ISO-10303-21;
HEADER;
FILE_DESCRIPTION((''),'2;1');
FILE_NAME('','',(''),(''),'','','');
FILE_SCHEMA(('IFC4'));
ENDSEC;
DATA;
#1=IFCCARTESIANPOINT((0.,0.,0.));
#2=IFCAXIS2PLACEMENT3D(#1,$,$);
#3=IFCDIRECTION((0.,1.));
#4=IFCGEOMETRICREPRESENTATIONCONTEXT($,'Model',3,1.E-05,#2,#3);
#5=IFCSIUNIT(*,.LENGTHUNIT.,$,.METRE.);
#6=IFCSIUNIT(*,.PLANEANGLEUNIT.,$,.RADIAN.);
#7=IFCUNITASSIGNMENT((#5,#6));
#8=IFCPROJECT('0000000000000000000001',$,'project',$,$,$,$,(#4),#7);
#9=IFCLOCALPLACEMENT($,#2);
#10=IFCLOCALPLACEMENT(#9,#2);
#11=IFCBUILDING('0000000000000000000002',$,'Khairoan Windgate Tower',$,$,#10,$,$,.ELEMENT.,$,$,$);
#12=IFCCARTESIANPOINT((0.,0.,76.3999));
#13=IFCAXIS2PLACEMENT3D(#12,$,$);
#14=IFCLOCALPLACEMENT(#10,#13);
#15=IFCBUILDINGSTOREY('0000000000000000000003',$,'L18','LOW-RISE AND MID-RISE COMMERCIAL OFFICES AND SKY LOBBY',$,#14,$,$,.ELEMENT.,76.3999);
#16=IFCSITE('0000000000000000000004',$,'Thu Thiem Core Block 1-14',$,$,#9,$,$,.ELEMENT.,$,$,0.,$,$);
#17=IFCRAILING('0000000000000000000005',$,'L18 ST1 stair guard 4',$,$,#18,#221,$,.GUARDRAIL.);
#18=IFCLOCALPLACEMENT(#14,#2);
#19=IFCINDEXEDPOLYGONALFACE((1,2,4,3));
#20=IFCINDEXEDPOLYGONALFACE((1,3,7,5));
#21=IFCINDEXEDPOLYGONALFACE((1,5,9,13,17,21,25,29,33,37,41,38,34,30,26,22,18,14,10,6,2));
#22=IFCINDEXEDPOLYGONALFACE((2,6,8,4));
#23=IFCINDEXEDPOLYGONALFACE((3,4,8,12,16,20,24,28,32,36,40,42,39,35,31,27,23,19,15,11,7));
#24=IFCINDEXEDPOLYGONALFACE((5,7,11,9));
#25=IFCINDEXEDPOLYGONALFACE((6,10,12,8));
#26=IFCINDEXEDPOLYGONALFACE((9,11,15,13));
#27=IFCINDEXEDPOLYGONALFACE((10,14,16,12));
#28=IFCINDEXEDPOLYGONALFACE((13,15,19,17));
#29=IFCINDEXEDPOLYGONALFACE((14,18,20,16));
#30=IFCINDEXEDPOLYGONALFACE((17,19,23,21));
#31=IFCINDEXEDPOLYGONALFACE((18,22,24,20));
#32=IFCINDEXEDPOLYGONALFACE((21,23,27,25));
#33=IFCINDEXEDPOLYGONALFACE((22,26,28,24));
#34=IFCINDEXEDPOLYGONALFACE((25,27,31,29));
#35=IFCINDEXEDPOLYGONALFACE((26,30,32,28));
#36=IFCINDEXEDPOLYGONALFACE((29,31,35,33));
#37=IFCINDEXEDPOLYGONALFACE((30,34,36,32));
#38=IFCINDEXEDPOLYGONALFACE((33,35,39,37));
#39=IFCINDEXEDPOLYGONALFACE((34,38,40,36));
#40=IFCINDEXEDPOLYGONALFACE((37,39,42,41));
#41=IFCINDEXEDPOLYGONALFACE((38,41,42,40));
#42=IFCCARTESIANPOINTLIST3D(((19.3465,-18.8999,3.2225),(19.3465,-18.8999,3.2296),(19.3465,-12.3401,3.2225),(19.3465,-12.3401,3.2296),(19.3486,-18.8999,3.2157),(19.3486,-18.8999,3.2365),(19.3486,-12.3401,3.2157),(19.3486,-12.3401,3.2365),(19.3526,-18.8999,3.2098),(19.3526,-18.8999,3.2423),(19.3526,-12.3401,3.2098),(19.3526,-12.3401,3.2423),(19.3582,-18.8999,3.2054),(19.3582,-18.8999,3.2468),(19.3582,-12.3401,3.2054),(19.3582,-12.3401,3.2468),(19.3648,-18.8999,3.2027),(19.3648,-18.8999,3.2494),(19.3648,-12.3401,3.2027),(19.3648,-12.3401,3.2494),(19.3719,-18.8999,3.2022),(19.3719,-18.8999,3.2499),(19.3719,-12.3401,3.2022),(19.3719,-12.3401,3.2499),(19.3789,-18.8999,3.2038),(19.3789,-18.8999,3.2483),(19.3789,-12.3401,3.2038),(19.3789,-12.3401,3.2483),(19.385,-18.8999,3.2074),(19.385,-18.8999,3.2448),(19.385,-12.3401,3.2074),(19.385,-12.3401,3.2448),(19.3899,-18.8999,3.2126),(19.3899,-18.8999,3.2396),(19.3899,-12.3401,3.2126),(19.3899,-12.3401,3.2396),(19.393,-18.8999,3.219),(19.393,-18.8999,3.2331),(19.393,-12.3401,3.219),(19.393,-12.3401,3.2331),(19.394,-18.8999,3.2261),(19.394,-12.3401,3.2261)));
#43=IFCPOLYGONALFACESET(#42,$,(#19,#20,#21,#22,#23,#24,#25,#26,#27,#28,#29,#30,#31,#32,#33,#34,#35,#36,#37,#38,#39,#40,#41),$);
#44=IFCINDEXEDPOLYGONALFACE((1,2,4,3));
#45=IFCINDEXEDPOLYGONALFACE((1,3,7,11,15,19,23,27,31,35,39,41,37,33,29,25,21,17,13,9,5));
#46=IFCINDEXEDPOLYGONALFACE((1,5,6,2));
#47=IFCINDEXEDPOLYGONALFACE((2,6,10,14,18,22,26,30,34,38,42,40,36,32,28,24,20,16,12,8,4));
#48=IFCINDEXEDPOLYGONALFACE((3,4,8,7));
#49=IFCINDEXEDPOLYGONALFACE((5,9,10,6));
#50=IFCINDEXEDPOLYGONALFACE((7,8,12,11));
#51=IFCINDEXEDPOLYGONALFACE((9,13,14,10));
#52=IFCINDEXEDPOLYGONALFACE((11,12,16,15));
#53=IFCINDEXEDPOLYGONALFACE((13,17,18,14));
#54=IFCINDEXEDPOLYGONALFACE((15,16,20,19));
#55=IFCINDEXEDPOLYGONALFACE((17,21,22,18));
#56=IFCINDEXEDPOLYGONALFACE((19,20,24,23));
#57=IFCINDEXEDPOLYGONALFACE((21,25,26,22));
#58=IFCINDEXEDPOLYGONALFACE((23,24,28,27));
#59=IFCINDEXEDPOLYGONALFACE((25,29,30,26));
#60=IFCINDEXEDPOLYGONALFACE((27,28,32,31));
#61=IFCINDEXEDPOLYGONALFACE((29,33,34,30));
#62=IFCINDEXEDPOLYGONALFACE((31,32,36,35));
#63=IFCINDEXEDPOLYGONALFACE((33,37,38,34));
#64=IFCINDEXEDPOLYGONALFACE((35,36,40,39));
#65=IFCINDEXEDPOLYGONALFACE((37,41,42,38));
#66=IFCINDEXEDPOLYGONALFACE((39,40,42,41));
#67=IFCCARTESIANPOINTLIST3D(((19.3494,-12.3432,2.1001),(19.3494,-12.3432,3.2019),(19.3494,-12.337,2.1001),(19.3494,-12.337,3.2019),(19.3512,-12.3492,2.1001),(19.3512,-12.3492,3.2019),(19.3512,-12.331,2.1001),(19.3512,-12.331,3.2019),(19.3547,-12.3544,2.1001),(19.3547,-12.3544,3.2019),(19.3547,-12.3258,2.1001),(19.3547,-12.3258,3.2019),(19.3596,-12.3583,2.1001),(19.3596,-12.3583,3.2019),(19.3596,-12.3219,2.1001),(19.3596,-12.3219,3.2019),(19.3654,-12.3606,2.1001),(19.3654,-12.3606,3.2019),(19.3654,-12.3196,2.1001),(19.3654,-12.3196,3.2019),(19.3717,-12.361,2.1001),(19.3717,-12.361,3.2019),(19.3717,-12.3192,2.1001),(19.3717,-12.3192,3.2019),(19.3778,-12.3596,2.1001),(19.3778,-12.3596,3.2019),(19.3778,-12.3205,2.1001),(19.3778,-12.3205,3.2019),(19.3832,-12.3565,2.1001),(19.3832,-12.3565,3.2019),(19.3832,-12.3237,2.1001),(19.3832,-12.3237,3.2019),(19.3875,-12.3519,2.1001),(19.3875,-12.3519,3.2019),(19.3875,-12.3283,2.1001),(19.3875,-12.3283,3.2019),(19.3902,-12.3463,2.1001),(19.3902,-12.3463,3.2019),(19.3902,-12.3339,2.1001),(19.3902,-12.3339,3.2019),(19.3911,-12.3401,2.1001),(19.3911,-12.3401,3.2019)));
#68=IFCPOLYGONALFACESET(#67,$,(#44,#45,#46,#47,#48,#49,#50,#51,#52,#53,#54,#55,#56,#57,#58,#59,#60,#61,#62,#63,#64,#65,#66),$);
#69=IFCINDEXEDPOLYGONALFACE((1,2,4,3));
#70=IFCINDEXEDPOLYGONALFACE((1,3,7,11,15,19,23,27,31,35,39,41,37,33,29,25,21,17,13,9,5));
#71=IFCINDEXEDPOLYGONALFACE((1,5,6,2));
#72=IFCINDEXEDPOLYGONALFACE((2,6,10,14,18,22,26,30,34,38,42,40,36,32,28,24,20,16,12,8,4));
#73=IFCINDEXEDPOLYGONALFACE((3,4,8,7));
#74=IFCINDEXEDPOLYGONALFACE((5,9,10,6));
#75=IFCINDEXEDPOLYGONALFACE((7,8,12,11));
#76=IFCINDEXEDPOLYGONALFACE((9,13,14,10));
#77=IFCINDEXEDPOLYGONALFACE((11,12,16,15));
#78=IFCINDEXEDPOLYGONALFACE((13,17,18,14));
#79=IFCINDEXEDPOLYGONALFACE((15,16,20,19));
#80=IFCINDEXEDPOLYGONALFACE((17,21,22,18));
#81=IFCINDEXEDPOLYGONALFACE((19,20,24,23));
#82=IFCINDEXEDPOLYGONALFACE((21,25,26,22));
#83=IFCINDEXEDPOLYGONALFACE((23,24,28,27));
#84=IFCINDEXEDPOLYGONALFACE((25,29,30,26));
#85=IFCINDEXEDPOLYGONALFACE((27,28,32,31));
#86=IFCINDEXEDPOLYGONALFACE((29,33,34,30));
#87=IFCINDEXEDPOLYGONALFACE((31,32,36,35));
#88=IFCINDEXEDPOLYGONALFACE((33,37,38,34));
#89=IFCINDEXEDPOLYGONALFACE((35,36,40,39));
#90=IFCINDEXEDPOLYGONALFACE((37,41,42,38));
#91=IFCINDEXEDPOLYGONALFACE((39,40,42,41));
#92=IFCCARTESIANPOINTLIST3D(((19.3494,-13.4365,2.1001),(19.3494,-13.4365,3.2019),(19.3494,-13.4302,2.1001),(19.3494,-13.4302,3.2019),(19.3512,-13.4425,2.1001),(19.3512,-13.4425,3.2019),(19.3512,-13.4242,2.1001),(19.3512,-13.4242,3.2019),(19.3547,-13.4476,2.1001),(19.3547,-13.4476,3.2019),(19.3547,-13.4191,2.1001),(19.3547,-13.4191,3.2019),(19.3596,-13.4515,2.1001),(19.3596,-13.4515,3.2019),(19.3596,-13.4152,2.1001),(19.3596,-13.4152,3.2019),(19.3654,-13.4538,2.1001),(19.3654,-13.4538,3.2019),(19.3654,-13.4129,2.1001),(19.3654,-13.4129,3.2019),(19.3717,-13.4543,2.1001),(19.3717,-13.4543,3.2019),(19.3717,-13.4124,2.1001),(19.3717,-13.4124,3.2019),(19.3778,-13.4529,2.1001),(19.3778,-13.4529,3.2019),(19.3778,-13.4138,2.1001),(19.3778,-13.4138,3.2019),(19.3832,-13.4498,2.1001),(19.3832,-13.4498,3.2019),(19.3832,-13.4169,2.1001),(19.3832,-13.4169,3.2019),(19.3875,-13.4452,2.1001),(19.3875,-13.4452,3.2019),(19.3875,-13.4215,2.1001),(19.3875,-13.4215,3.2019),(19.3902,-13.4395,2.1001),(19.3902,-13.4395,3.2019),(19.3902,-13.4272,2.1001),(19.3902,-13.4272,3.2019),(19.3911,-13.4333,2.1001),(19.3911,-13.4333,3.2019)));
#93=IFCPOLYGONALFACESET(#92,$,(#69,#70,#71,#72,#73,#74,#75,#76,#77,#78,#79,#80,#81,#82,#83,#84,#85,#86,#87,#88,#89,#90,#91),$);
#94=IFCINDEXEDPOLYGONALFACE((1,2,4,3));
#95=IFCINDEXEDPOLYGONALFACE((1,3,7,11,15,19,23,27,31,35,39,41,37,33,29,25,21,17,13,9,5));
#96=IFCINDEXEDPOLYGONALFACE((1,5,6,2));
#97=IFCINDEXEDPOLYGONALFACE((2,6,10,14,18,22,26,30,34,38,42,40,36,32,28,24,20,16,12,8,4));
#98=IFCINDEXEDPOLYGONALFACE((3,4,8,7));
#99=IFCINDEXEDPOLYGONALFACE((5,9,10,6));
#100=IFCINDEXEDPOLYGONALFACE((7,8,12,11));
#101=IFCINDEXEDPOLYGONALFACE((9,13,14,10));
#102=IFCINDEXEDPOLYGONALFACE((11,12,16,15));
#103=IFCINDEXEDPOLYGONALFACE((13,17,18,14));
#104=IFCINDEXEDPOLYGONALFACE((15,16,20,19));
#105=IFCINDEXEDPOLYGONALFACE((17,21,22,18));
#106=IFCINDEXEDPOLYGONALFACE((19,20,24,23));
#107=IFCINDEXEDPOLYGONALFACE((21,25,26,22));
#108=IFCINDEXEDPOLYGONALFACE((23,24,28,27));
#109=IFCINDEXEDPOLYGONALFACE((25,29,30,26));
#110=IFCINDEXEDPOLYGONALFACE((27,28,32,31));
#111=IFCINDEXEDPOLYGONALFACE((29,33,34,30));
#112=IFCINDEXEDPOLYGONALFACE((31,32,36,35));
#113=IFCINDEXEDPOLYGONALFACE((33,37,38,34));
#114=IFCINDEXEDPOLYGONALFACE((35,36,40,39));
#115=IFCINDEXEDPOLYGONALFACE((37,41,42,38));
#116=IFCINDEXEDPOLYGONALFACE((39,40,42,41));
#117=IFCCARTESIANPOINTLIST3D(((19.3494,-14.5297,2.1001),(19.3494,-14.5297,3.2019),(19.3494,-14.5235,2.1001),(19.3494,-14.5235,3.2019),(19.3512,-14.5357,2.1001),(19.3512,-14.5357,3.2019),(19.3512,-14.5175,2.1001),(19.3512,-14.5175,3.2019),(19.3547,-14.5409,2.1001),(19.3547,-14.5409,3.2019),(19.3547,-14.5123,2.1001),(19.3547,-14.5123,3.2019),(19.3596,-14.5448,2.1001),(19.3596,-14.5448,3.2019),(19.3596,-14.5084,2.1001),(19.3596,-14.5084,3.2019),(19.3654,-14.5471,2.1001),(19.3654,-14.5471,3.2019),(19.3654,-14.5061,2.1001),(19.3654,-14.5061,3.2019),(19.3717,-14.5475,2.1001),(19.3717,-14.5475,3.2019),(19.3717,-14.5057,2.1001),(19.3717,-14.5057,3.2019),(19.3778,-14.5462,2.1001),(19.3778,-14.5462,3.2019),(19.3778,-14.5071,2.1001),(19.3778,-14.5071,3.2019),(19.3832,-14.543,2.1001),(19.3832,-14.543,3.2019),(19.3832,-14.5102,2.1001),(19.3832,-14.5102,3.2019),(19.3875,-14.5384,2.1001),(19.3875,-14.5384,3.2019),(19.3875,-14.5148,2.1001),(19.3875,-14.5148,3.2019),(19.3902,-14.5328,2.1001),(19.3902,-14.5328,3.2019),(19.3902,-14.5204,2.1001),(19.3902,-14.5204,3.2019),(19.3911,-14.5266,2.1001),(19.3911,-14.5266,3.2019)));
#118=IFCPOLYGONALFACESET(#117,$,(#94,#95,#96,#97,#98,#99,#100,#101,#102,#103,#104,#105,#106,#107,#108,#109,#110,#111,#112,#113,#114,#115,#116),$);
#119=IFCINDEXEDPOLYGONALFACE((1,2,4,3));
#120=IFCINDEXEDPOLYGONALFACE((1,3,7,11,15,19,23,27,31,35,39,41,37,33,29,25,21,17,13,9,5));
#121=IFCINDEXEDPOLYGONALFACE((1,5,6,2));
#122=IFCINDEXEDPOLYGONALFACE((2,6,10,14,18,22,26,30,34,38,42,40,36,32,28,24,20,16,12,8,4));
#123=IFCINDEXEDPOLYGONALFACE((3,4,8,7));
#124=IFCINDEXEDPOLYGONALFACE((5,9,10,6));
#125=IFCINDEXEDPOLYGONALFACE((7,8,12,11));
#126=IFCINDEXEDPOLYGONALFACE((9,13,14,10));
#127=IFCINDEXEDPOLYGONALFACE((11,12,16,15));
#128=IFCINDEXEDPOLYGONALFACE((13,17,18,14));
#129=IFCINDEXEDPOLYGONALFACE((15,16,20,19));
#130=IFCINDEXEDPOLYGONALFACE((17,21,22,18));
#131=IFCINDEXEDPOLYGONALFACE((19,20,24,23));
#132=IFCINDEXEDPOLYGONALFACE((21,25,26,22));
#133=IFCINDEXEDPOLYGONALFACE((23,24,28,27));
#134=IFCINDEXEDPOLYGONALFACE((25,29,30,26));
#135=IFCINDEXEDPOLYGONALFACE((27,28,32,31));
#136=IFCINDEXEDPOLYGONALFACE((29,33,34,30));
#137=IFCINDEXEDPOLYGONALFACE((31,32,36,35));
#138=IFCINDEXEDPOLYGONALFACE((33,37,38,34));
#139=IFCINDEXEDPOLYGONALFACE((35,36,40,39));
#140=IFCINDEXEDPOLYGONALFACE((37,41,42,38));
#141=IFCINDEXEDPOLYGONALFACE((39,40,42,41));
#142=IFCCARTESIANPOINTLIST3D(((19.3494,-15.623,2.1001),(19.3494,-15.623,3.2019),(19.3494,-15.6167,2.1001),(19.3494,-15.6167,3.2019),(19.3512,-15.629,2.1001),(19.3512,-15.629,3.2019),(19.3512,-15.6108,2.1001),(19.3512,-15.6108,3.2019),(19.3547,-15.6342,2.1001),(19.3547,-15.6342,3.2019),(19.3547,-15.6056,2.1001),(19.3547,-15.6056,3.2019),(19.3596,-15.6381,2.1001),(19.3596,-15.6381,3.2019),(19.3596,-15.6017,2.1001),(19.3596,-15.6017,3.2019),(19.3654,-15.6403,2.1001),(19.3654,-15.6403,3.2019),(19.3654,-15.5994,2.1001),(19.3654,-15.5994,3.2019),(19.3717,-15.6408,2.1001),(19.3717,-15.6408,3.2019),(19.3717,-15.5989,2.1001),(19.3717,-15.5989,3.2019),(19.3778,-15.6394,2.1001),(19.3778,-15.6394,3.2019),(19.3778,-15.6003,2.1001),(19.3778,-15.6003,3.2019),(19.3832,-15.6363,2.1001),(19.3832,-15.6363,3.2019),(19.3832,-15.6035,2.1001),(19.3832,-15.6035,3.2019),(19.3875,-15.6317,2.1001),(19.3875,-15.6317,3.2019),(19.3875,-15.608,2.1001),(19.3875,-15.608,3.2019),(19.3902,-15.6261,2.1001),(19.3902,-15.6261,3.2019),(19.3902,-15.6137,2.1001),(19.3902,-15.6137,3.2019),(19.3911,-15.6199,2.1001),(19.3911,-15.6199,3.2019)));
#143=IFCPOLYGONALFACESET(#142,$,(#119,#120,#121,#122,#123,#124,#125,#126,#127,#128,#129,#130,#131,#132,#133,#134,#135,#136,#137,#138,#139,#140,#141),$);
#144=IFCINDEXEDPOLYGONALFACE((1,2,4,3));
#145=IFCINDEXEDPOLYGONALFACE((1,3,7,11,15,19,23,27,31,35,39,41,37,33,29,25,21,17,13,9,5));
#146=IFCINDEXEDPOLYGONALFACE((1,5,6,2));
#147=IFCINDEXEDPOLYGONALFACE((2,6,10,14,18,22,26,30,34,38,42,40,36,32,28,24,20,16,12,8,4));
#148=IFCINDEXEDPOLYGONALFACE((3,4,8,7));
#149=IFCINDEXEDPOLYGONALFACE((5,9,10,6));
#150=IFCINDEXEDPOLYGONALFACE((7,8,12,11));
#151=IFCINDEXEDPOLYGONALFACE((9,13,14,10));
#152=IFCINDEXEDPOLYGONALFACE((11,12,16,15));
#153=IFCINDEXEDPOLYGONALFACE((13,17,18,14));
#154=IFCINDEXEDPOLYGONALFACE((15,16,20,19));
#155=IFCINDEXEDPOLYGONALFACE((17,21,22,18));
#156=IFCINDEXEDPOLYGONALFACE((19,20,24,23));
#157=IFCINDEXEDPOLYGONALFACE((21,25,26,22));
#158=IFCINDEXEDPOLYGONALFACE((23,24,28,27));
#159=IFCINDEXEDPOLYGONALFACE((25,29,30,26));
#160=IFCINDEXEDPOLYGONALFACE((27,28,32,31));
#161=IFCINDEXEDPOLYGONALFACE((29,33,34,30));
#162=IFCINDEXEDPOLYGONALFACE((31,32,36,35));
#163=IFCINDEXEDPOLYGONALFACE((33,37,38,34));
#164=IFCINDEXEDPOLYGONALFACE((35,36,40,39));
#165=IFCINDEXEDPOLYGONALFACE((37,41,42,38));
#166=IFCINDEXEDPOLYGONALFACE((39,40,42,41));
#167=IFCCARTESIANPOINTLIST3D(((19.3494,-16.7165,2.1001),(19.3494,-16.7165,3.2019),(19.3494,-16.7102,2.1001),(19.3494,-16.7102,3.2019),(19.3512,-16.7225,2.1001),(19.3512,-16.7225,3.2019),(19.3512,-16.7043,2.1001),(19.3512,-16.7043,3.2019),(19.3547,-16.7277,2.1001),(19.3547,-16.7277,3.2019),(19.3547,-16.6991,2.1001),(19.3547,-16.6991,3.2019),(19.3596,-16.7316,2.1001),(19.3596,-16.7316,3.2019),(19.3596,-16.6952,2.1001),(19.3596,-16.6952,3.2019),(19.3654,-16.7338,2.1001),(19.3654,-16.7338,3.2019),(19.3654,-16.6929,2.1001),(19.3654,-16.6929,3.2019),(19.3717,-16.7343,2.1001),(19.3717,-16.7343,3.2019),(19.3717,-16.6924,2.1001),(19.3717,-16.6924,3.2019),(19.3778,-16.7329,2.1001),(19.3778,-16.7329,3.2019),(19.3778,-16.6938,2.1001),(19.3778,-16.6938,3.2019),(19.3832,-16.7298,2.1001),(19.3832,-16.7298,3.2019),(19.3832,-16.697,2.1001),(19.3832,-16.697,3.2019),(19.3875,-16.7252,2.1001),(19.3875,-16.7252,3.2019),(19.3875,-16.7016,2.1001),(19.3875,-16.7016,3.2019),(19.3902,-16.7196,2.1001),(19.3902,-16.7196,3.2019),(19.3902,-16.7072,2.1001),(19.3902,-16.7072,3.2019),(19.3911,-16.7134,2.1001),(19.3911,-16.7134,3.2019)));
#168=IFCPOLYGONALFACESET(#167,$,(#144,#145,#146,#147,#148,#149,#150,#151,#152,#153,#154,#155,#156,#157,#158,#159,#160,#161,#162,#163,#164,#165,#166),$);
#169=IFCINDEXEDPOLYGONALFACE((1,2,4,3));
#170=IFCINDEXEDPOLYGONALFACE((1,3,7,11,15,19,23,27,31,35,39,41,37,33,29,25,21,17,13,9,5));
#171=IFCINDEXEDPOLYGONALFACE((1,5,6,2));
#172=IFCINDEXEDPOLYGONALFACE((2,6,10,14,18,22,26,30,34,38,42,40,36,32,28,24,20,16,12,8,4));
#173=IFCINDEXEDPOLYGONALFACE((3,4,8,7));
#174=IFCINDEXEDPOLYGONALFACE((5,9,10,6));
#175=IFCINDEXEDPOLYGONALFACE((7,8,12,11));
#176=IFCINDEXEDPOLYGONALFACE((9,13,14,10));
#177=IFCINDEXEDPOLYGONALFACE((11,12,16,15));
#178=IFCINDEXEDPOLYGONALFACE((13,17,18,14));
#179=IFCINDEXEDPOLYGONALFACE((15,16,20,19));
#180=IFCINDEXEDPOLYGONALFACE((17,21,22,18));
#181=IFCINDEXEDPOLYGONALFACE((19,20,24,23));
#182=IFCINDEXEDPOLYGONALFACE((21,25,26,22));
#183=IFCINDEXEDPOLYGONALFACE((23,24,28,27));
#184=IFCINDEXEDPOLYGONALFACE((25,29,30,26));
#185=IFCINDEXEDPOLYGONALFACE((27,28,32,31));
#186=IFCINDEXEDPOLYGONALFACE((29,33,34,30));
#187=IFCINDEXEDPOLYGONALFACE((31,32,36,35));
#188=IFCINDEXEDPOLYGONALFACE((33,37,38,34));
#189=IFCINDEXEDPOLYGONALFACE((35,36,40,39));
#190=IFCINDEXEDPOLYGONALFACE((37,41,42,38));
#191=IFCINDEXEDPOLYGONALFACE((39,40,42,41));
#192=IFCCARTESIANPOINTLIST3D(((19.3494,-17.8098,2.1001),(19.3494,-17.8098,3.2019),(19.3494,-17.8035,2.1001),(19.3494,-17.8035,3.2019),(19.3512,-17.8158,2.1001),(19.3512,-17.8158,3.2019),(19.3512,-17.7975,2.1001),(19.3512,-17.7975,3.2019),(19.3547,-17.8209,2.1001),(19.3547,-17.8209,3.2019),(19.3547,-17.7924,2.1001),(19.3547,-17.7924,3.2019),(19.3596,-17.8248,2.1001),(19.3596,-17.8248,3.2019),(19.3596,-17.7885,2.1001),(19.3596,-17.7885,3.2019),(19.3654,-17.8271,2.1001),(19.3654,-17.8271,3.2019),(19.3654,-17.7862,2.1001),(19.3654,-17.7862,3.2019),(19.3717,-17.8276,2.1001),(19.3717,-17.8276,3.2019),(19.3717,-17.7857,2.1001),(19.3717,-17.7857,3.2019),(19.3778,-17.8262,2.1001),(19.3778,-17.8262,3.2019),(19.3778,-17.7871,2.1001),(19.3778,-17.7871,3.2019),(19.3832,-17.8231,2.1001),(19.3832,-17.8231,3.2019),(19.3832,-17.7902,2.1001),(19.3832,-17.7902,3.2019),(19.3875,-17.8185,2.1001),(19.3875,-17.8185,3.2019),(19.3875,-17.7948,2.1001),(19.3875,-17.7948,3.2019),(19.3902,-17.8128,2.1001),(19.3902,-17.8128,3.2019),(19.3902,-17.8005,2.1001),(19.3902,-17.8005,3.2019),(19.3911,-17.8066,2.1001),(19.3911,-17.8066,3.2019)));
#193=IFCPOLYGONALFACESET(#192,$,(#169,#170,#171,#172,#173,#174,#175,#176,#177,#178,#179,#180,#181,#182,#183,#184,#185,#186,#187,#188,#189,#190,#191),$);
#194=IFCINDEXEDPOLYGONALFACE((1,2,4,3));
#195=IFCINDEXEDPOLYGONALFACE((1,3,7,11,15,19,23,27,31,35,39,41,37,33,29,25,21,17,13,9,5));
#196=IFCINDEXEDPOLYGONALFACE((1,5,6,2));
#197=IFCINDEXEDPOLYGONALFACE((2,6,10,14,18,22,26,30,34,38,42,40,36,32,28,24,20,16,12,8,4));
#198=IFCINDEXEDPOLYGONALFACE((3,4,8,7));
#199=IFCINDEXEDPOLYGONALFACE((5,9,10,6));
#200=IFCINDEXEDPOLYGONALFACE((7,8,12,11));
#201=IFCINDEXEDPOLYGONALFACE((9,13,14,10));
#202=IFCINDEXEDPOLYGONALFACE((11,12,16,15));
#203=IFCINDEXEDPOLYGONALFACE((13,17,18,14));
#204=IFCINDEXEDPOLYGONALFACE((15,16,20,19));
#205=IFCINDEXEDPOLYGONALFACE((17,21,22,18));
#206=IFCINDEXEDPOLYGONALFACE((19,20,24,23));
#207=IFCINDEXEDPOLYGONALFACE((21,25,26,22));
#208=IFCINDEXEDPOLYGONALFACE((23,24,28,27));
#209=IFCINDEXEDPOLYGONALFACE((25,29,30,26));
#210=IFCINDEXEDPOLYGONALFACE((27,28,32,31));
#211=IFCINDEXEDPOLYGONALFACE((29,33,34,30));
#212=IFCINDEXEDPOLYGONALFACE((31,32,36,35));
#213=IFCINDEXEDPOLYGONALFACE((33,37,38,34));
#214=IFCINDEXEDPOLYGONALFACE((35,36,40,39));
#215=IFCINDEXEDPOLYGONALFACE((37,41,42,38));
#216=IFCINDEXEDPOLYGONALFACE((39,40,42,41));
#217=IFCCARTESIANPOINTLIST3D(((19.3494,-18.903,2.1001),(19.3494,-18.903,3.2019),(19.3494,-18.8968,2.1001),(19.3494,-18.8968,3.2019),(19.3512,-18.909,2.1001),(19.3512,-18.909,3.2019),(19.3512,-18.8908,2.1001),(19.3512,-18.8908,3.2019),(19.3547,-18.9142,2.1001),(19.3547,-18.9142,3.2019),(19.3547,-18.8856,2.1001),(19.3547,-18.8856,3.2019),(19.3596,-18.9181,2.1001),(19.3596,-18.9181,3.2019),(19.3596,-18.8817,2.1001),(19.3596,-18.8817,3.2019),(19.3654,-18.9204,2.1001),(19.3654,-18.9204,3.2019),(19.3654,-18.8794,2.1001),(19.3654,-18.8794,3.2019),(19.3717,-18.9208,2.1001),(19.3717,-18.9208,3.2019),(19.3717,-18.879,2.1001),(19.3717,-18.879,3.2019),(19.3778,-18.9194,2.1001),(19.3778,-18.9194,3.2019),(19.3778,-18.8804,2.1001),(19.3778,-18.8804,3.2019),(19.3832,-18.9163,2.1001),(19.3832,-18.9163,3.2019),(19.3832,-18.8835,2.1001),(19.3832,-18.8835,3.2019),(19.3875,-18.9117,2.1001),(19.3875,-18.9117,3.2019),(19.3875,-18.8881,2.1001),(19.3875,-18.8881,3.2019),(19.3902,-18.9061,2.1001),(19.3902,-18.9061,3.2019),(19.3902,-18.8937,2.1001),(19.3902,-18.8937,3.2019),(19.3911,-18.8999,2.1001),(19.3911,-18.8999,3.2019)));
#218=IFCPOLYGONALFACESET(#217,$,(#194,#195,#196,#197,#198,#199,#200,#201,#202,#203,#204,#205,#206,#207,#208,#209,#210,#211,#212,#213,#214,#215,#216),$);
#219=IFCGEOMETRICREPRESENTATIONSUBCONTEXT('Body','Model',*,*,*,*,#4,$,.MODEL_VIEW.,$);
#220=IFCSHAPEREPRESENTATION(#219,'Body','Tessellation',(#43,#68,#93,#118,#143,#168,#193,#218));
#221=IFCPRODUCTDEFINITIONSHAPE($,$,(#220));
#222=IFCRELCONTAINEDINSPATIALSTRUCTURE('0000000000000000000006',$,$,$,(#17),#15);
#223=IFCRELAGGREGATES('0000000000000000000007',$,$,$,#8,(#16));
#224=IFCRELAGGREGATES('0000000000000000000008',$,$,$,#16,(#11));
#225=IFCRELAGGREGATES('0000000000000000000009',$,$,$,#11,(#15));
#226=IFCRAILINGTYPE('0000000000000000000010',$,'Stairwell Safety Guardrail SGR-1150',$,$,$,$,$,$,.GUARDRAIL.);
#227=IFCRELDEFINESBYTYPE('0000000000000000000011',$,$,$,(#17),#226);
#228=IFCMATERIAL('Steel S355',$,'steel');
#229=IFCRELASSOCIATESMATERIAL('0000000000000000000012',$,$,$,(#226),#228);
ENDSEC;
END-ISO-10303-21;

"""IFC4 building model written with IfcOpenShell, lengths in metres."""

from ifc_helpers import new_model, si_unit, direction, frame, origin, origin_2d, place, context, subcontext, project, spatial, circle, extrude, material, type_object, element, save


model = new_model("IFC4")

# Units and contexts
model_context = context("Model", 3, precision=1e-05, world=origin(), true_north=direction((0.0, 1.0)))
body_context = subcontext(model_context, "Body", "Model", "MODEL_VIEW")
ifc_project = project(units=[si_unit("LENGTHUNIT", "METRE"), si_unit("PLANEANGLEUNIT", "RADIAN")], contexts=[model_context])

# Site, building, storey
site_placement = place(None, origin())
site = spatial("IfcSite", under=ifc_project, at=site_placement, Name="Thu Thiem Core Block 1-14", CompositionType="ELEMENT", RefElevation=0.0)
building_placement = place(site_placement, origin())
building = spatial("IfcBuilding", under=site, at=building_placement, Name="Khairoan Windgate Tower", CompositionType="ELEMENT")
storey_placement = place(building_placement, frame((0.0, 0.0, 76.3999)))
storey = spatial("IfcBuildingStorey", under=building, at=storey_placement, Name="L18", Description="LOW-RISE AND MID-RISE COMMERCIAL OFFICES AND SKY LOBBY", CompositionType="ELEMENT", Elevation=76.3999)

# Railing
ifc_material_1 = material(Name="Steel S355", Category="steel")
railing_type_1 = type_object("IfcRailingType", Name="Stairwell Safety Guardrail SGR-1150", PredefinedType="GUARDRAIL", material=ifc_material_1)
railing_1_placement = place(storey_placement, frame((19.3701, -12.3401, 2.1001)))
element("IfcRailing", 1, at=railing_1_placement, inside=storey, type_object=railing_type_1, Name="L18 ST1 stair guard 4", PredefinedType="GUARDRAIL", context=body_context, shape_type="SweptSolid", body=[
    extrude(circle(Radius=0.0239, at=origin_2d()), frame((0.0, 0.0, 1.126), z_axis=(0.0, -1.0, 0.0), x_axis=(1.0, 0.0, 0.0)), (0.0, 0.0, 1.0), 6.5598),
    extrude(circle(Radius=0.021, at=origin_2d()), origin(), (0.0, 0.0, 1.0), 1.1018),
    extrude(circle(Radius=0.021, at=origin_2d()), frame((0.0, -1.0933, 0.0)), (0.0, 0.0, 1.0), 1.1018),
    extrude(circle(Radius=0.021, at=origin_2d()), frame((0.0, -2.1865, 0.0)), (0.0, 0.0, 1.0), 1.1018),
    extrude(circle(Radius=0.021, at=origin_2d()), frame((0.0, -3.2798, 0.0)), (0.0, 0.0, 1.0), 1.1018),
    extrude(circle(Radius=0.021, at=origin_2d()), frame((0.0, -4.3733, 0.0)), (0.0, 0.0, 1.0), 1.1018),
    extrude(circle(Radius=0.021, at=origin_2d()), frame((0.0, -5.4666, 0.0)), (0.0, 0.0, 1.0), 1.1018),
    extrude(circle(Radius=0.021, at=origin_2d()), frame((0.0, -6.5598, 0.0)), (0.0, 0.0, 1.0), 1.1018),
])

save(model, "model.ifc")
